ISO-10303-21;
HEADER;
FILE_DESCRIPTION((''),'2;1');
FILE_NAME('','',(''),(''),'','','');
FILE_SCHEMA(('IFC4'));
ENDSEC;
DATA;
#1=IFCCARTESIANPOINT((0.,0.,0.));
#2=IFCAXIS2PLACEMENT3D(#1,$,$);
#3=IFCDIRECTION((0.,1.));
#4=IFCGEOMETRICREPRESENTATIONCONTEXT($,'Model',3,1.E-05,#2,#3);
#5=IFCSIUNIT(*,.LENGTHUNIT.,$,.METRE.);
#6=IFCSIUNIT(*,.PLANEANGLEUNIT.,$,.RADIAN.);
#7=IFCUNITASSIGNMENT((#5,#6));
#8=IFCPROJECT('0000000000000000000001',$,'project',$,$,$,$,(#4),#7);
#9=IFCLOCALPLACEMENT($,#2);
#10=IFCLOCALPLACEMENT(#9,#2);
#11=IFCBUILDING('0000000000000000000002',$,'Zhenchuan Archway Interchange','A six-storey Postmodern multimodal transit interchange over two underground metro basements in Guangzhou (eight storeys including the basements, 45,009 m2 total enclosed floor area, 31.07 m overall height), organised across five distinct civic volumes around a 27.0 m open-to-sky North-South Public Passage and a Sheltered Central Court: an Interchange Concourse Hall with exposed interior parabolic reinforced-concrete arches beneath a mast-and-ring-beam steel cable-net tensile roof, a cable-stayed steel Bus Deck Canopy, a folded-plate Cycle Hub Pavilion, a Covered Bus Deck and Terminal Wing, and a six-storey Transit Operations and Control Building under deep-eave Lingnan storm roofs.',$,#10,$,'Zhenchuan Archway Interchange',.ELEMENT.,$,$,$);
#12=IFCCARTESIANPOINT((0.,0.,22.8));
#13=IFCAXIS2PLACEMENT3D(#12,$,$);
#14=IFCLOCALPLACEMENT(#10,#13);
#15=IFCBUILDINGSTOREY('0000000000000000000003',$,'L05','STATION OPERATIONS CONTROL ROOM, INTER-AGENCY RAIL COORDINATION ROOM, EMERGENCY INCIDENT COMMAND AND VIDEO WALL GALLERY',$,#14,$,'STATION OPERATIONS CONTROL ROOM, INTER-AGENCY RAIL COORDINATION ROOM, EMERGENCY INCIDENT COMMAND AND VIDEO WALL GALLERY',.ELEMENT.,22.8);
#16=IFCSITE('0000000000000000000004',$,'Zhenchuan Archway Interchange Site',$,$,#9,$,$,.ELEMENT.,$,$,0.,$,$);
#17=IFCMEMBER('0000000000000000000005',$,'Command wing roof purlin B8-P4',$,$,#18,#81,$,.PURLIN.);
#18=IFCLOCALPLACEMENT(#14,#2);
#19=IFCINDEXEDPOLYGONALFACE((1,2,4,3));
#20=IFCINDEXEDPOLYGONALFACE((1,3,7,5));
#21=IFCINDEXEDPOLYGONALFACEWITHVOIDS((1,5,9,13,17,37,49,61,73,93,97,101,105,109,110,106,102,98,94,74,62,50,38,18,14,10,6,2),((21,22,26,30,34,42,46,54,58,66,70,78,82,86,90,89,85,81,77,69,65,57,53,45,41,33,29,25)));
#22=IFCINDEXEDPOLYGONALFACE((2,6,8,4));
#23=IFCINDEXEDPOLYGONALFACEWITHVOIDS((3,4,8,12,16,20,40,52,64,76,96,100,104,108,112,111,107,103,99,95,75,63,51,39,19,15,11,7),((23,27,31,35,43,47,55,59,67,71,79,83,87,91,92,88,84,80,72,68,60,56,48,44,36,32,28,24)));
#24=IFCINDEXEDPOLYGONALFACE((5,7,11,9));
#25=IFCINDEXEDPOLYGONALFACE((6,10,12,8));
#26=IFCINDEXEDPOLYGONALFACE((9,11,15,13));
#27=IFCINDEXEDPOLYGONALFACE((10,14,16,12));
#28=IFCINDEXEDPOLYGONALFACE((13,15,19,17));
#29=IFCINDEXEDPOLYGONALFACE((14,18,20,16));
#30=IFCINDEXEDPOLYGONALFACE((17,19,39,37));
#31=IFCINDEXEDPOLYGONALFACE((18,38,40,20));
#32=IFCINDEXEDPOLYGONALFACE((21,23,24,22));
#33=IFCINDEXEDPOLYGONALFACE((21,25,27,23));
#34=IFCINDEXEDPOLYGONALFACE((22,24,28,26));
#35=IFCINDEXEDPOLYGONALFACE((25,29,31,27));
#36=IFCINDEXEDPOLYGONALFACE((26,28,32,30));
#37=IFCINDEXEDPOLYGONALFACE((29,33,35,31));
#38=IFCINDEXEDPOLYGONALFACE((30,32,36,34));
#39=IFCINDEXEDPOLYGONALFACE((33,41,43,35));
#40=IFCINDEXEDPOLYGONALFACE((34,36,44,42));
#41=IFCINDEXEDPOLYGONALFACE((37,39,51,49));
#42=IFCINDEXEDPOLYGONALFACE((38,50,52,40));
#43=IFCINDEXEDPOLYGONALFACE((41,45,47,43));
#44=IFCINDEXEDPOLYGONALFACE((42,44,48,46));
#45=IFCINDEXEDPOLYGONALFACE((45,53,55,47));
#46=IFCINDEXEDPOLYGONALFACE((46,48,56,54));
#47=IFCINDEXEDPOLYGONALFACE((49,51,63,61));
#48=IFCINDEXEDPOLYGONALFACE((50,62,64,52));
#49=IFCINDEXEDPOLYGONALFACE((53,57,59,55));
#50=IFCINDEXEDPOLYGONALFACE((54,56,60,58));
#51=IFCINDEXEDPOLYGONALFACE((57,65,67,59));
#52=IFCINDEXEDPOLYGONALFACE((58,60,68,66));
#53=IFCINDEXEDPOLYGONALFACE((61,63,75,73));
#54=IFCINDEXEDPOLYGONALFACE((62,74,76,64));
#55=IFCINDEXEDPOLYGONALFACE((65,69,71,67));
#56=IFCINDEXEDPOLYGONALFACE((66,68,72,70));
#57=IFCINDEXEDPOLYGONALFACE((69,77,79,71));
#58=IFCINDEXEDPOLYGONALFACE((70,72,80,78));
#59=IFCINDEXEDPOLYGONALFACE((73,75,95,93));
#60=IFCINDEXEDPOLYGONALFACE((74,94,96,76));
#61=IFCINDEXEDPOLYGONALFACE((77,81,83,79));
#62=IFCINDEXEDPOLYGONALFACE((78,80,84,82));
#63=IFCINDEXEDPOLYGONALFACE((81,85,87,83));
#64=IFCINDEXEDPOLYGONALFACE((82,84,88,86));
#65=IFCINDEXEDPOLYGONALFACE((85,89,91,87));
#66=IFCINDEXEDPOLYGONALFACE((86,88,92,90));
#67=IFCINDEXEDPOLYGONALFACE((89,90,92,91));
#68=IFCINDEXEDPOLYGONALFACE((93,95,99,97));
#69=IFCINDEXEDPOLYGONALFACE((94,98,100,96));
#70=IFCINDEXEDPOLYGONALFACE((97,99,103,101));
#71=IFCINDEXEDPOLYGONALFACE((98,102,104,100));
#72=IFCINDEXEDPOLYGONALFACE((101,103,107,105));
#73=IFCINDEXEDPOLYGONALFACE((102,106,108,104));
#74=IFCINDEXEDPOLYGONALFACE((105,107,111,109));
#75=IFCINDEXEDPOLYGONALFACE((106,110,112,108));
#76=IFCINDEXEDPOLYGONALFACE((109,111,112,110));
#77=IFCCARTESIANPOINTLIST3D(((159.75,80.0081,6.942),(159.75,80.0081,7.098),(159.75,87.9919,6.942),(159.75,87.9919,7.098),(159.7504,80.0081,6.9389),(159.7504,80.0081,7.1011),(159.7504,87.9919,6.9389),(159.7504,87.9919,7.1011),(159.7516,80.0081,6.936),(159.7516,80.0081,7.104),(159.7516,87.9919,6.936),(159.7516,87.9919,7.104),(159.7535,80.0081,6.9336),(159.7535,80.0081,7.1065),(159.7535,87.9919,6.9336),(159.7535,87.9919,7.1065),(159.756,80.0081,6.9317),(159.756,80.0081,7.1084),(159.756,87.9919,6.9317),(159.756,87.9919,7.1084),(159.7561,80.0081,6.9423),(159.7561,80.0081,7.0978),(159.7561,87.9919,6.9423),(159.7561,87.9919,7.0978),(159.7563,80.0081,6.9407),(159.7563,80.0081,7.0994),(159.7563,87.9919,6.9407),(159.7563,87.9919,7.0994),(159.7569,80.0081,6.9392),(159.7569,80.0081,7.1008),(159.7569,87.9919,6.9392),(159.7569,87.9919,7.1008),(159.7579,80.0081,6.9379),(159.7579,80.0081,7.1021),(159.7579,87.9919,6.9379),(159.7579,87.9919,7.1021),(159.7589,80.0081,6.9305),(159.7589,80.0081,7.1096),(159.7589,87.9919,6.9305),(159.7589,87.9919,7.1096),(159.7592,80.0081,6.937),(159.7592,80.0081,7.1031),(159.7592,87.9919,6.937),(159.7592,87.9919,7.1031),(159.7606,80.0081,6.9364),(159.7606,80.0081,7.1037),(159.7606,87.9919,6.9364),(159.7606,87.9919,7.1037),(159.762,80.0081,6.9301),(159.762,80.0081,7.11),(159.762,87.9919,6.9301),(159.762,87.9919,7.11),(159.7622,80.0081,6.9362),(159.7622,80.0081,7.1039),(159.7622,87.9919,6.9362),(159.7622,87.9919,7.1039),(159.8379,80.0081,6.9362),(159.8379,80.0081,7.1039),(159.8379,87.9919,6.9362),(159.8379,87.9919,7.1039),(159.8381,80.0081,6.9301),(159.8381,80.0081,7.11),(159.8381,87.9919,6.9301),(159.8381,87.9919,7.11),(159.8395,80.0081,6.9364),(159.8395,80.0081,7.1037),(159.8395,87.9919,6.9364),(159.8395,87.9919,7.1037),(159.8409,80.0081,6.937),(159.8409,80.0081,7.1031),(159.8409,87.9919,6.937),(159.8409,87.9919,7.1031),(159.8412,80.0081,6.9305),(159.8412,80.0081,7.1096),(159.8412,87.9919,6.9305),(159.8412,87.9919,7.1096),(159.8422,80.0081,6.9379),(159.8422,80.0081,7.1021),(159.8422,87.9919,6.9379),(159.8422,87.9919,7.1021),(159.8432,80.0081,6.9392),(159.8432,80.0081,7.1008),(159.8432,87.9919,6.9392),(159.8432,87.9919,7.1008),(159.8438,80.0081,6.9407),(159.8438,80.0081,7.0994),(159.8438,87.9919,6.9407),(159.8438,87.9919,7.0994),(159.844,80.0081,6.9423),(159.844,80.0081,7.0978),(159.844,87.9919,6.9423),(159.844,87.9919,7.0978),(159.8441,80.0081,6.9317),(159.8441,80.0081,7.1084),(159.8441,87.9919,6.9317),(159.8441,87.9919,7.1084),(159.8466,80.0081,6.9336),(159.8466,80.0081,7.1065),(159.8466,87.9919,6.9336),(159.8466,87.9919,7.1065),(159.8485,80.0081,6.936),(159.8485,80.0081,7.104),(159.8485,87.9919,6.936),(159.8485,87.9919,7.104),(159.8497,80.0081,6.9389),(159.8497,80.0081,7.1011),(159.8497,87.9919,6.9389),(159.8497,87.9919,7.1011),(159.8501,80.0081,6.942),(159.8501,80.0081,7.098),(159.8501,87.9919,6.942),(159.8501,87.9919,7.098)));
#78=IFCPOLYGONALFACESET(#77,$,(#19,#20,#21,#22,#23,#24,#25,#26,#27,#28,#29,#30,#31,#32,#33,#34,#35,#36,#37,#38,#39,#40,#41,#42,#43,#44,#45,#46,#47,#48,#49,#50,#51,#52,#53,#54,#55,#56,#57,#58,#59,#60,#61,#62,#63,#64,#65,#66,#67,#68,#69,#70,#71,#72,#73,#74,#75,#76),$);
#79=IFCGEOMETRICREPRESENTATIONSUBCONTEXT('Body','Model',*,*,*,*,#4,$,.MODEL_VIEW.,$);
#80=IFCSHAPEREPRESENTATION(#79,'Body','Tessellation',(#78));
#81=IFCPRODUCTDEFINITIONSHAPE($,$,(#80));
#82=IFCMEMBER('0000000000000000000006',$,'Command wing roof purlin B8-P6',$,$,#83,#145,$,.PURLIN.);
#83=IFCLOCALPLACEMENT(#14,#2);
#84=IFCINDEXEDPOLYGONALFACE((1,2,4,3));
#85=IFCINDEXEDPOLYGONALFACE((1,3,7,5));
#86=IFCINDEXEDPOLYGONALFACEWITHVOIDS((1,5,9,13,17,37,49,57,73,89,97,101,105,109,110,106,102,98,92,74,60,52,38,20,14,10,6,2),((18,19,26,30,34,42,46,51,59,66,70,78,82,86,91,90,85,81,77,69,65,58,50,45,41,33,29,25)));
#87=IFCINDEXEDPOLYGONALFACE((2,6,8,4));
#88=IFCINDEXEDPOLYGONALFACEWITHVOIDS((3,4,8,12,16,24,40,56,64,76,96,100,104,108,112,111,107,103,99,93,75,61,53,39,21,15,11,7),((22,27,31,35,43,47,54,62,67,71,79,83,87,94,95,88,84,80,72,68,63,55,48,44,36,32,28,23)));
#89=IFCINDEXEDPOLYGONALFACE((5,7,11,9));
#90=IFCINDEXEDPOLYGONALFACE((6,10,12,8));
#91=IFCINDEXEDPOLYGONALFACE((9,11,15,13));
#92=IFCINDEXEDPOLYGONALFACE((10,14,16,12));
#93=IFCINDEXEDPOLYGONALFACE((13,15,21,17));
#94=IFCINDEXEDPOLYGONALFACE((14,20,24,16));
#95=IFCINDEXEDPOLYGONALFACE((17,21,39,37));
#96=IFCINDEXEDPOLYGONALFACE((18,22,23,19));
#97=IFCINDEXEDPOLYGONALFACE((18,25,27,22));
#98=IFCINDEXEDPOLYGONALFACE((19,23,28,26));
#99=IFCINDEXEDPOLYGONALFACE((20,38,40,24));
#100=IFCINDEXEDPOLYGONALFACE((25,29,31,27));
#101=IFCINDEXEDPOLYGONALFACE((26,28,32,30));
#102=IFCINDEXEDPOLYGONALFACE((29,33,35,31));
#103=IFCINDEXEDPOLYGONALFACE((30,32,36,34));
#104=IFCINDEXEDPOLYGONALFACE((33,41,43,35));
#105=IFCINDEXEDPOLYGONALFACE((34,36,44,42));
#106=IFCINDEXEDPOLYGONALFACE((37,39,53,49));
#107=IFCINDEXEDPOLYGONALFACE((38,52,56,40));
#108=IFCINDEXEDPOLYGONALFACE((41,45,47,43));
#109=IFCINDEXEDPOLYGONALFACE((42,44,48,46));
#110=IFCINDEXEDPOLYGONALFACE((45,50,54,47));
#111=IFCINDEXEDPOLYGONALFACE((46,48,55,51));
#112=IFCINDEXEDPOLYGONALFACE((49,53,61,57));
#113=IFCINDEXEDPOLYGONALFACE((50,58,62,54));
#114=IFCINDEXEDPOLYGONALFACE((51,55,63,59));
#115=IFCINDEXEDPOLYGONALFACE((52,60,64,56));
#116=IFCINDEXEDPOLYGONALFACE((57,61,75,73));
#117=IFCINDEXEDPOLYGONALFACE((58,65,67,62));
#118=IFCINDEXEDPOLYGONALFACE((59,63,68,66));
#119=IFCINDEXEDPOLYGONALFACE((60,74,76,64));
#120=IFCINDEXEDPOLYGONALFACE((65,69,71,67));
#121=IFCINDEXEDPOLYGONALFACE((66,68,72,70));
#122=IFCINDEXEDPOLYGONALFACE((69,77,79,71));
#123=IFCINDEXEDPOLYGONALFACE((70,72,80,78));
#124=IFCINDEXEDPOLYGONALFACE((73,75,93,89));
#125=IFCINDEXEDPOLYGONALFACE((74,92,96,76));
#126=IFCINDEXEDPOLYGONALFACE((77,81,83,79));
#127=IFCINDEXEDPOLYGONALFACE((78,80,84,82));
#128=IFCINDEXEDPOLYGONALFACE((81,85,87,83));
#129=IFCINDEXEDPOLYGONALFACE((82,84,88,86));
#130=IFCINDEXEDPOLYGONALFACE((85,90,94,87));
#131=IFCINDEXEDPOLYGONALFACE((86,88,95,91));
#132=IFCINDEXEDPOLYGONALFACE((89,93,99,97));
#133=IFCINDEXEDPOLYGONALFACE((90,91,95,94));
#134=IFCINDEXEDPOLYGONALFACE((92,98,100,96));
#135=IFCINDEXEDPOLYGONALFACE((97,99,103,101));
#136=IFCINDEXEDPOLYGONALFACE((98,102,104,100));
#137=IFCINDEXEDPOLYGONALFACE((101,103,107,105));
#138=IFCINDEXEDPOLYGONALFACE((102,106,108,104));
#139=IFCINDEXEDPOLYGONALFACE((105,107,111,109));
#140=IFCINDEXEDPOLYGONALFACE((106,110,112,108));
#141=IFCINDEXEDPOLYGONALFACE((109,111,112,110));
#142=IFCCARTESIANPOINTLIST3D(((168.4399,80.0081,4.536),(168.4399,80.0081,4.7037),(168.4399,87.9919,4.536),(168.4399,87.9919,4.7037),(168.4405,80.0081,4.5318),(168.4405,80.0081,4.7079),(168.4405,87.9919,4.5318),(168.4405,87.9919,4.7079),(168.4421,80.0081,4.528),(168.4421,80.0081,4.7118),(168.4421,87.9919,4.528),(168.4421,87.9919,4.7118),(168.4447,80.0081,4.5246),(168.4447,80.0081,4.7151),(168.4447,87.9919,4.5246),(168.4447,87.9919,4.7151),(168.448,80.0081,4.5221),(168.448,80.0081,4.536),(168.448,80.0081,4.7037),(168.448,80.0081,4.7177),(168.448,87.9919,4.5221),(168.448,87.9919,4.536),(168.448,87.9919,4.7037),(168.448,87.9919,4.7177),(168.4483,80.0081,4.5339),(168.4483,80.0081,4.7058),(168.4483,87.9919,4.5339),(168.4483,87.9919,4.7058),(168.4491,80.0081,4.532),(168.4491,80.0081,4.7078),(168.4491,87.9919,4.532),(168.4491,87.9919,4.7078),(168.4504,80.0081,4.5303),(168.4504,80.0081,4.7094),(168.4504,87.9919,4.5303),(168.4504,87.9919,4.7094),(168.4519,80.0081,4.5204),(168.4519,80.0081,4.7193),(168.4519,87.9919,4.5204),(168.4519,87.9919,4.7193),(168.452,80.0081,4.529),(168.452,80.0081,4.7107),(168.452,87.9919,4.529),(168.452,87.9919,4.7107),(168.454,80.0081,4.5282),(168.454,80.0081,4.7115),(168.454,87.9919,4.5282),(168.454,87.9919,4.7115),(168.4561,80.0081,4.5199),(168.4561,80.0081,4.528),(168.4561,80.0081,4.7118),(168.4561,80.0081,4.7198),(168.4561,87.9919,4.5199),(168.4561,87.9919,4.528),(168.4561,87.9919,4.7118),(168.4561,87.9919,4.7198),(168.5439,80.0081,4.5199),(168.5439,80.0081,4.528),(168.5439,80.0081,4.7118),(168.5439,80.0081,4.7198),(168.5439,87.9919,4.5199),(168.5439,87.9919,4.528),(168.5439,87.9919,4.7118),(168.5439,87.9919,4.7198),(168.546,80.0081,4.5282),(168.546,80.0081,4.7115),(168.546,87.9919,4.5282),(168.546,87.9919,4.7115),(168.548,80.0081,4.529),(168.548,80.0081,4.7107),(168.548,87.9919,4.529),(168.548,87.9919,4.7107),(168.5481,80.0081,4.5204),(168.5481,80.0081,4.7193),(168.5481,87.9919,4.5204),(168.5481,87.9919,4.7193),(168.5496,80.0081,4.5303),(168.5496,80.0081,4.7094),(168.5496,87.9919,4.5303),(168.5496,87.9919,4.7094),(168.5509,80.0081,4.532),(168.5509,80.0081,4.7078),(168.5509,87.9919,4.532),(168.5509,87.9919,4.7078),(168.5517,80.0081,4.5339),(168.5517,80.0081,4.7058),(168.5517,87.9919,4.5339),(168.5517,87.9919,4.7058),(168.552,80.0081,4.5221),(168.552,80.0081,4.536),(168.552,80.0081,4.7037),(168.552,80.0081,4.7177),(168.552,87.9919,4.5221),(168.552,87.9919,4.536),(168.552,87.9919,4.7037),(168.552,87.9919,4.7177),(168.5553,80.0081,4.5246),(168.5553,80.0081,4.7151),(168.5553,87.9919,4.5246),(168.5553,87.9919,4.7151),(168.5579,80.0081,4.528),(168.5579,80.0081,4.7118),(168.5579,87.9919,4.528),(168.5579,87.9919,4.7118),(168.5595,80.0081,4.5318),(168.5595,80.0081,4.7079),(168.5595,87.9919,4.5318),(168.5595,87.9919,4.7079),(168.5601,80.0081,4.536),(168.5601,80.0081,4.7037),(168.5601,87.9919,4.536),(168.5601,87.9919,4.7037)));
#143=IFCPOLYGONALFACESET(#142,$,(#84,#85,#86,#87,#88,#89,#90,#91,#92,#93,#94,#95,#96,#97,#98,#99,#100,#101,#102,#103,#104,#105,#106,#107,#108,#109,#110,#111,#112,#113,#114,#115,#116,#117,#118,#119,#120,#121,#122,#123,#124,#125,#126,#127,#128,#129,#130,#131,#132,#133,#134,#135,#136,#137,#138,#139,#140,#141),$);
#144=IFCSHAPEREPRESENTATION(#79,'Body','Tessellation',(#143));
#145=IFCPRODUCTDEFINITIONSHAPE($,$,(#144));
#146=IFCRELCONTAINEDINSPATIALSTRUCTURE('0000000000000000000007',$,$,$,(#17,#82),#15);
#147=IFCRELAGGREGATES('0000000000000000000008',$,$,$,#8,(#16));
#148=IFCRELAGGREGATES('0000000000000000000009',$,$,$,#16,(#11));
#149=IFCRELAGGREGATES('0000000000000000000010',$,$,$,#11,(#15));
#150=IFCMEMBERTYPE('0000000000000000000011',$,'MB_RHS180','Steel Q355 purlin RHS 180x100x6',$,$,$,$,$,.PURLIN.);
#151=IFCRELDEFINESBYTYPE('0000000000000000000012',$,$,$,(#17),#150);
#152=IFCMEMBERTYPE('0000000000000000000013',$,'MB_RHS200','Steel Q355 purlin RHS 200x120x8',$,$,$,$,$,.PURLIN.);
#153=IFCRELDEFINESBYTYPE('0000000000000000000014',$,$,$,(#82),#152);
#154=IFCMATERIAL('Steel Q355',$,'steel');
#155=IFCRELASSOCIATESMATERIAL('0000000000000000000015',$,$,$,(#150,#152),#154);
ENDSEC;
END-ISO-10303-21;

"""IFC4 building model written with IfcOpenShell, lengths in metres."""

from ifc_helpers import new_model, si_unit, direction, frame, origin, origin_2d, place, context, subcontext, project, spatial, hollow_rectangle, extrude, material, material_profile, profile_set, type_object, element, save


model = new_model("IFC4")

# Units and contexts
model_context = context("Model", 3, precision=1e-05, world=origin(), true_north=direction((0.0, 1.0)))
body_context = subcontext(model_context, "Body", "Model", "MODEL_VIEW")
ifc_project = project(units=[si_unit("LENGTHUNIT", "METRE"), si_unit("PLANEANGLEUNIT", "RADIAN")], contexts=[model_context])

# Site, building, storey
site_placement = place(None, origin())
site = spatial("IfcSite", under=ifc_project, at=site_placement, Name="Zhenchuan Archway Interchange Site", CompositionType="ELEMENT", RefElevation=0.0)
building_placement = place(site_placement, origin())
building = spatial("IfcBuilding", under=site, at=building_placement, Name="Zhenchuan Archway Interchange", Description="A six-storey Postmodern multimodal transit interchange over two underground metro basements in Guangzhou (eight storeys including the basements, 45,009 m2 total enclosed floor area, 31.07 m overall height), organised across five distinct civic volumes around a 27.0 m open-to-sky North-South Public Passage and a Sheltered Central Court: an Interchange Concourse Hall with exposed interior parabolic reinforced-concrete arches beneath a mast-and-ring-beam steel cable-net tensile roof, a cable-stayed steel Bus Deck Canopy, a folded-plate Cycle Hub Pavilion, a Covered Bus Deck and Terminal Wing, and a six-storey Transit Operations and Control Building under deep-eave Lingnan storm roofs.", LongName="Zhenchuan Archway Interchange", CompositionType="ELEMENT")
storey_placement = place(building_placement, frame((0.0, 0.0, 22.8)))
storey = spatial("IfcBuildingStorey", under=building, at=storey_placement, Name="L05", Description="STATION OPERATIONS CONTROL ROOM, INTER-AGENCY RAIL COORDINATION ROOM, EMERGENCY INCIDENT COMMAND AND VIDEO WALL GALLERY", LongName="STATION OPERATIONS CONTROL ROOM, INTER-AGENCY RAIL COORDINATION ROOM, EMERGENCY INCIDENT COMMAND AND VIDEO WALL GALLERY", CompositionType="ELEMENT", Elevation=22.8)

# Shared definitions
ifc_material_1 = material(Name="Steel Q355", Category="steel")

# Members
ifc_material_profile_1 = material_profile(ifc_material_1, hollow_rectangle(XDim=0.1001, YDim=0.1799, WallThickness=0.0061, InnerFilletRadius=0.0061, OuterFilletRadius=0.012, at=origin_2d()), Name="RHS 180x100x6")
ifc_profile_set_1 = profile_set([ifc_material_profile_1], Name="Steel Q355")
member_type_1 = type_object("IfcMemberType", Name="MB_RHS180", Description="Steel Q355 purlin RHS 180x100x6", PredefinedType="PURLIN", material=ifc_profile_set_1)
member_1_placement = place(storey_placement, frame((159.8, 80.0081, 7.02), z_axis=(0.0, 1.0, 0.0), x_axis=(-1.0, 0.0, 0.0)))
element("IfcMember", 1, at=member_1_placement, inside=storey, type_object=member_type_1, Name="Command wing roof purlin B8-P4", PredefinedType="PURLIN", context=body_context, shape_type="SweptSolid", body=[
    extrude(hollow_rectangle(XDim=0.1001, YDim=0.1799, WallThickness=0.0061, InnerFilletRadius=0.0061, OuterFilletRadius=0.012, at=origin_2d()), origin(), (0.0, 0.0, 1.0), 7.9839),
])
ifc_material_profile_2 = material_profile(ifc_material_1, hollow_rectangle(XDim=0.1201, YDim=0.2, WallThickness=0.0081, InnerFilletRadius=0.0081, OuterFilletRadius=0.0161, at=origin_2d()), Name="RHS 200x120x8")
ifc_profile_set_2 = profile_set([ifc_material_profile_2], Name="Steel Q355")
member_type_2 = type_object("IfcMemberType", Name="MB_RHS200", Description="Steel Q355 purlin RHS 200x120x8", PredefinedType="PURLIN", material=ifc_profile_set_2)
member_2_placement = place(storey_placement, frame((168.5, 80.0081, 4.6199), z_axis=(0.0, 1.0, 0.0), x_axis=(-1.0, 0.0, 0.0)))
element("IfcMember", 2, at=member_2_placement, inside=storey, type_object=member_type_2, Name="Command wing roof purlin B8-P6", PredefinedType="PURLIN", context=body_context, shape_type="SweptSolid", body=[
    extrude(hollow_rectangle(XDim=0.1201, YDim=0.2, WallThickness=0.0081, InnerFilletRadius=0.0081, OuterFilletRadius=0.0161, at=origin_2d()), origin(), (0.0, 0.0, 1.0), 7.9839),
])

save(model, "model.ifc")
